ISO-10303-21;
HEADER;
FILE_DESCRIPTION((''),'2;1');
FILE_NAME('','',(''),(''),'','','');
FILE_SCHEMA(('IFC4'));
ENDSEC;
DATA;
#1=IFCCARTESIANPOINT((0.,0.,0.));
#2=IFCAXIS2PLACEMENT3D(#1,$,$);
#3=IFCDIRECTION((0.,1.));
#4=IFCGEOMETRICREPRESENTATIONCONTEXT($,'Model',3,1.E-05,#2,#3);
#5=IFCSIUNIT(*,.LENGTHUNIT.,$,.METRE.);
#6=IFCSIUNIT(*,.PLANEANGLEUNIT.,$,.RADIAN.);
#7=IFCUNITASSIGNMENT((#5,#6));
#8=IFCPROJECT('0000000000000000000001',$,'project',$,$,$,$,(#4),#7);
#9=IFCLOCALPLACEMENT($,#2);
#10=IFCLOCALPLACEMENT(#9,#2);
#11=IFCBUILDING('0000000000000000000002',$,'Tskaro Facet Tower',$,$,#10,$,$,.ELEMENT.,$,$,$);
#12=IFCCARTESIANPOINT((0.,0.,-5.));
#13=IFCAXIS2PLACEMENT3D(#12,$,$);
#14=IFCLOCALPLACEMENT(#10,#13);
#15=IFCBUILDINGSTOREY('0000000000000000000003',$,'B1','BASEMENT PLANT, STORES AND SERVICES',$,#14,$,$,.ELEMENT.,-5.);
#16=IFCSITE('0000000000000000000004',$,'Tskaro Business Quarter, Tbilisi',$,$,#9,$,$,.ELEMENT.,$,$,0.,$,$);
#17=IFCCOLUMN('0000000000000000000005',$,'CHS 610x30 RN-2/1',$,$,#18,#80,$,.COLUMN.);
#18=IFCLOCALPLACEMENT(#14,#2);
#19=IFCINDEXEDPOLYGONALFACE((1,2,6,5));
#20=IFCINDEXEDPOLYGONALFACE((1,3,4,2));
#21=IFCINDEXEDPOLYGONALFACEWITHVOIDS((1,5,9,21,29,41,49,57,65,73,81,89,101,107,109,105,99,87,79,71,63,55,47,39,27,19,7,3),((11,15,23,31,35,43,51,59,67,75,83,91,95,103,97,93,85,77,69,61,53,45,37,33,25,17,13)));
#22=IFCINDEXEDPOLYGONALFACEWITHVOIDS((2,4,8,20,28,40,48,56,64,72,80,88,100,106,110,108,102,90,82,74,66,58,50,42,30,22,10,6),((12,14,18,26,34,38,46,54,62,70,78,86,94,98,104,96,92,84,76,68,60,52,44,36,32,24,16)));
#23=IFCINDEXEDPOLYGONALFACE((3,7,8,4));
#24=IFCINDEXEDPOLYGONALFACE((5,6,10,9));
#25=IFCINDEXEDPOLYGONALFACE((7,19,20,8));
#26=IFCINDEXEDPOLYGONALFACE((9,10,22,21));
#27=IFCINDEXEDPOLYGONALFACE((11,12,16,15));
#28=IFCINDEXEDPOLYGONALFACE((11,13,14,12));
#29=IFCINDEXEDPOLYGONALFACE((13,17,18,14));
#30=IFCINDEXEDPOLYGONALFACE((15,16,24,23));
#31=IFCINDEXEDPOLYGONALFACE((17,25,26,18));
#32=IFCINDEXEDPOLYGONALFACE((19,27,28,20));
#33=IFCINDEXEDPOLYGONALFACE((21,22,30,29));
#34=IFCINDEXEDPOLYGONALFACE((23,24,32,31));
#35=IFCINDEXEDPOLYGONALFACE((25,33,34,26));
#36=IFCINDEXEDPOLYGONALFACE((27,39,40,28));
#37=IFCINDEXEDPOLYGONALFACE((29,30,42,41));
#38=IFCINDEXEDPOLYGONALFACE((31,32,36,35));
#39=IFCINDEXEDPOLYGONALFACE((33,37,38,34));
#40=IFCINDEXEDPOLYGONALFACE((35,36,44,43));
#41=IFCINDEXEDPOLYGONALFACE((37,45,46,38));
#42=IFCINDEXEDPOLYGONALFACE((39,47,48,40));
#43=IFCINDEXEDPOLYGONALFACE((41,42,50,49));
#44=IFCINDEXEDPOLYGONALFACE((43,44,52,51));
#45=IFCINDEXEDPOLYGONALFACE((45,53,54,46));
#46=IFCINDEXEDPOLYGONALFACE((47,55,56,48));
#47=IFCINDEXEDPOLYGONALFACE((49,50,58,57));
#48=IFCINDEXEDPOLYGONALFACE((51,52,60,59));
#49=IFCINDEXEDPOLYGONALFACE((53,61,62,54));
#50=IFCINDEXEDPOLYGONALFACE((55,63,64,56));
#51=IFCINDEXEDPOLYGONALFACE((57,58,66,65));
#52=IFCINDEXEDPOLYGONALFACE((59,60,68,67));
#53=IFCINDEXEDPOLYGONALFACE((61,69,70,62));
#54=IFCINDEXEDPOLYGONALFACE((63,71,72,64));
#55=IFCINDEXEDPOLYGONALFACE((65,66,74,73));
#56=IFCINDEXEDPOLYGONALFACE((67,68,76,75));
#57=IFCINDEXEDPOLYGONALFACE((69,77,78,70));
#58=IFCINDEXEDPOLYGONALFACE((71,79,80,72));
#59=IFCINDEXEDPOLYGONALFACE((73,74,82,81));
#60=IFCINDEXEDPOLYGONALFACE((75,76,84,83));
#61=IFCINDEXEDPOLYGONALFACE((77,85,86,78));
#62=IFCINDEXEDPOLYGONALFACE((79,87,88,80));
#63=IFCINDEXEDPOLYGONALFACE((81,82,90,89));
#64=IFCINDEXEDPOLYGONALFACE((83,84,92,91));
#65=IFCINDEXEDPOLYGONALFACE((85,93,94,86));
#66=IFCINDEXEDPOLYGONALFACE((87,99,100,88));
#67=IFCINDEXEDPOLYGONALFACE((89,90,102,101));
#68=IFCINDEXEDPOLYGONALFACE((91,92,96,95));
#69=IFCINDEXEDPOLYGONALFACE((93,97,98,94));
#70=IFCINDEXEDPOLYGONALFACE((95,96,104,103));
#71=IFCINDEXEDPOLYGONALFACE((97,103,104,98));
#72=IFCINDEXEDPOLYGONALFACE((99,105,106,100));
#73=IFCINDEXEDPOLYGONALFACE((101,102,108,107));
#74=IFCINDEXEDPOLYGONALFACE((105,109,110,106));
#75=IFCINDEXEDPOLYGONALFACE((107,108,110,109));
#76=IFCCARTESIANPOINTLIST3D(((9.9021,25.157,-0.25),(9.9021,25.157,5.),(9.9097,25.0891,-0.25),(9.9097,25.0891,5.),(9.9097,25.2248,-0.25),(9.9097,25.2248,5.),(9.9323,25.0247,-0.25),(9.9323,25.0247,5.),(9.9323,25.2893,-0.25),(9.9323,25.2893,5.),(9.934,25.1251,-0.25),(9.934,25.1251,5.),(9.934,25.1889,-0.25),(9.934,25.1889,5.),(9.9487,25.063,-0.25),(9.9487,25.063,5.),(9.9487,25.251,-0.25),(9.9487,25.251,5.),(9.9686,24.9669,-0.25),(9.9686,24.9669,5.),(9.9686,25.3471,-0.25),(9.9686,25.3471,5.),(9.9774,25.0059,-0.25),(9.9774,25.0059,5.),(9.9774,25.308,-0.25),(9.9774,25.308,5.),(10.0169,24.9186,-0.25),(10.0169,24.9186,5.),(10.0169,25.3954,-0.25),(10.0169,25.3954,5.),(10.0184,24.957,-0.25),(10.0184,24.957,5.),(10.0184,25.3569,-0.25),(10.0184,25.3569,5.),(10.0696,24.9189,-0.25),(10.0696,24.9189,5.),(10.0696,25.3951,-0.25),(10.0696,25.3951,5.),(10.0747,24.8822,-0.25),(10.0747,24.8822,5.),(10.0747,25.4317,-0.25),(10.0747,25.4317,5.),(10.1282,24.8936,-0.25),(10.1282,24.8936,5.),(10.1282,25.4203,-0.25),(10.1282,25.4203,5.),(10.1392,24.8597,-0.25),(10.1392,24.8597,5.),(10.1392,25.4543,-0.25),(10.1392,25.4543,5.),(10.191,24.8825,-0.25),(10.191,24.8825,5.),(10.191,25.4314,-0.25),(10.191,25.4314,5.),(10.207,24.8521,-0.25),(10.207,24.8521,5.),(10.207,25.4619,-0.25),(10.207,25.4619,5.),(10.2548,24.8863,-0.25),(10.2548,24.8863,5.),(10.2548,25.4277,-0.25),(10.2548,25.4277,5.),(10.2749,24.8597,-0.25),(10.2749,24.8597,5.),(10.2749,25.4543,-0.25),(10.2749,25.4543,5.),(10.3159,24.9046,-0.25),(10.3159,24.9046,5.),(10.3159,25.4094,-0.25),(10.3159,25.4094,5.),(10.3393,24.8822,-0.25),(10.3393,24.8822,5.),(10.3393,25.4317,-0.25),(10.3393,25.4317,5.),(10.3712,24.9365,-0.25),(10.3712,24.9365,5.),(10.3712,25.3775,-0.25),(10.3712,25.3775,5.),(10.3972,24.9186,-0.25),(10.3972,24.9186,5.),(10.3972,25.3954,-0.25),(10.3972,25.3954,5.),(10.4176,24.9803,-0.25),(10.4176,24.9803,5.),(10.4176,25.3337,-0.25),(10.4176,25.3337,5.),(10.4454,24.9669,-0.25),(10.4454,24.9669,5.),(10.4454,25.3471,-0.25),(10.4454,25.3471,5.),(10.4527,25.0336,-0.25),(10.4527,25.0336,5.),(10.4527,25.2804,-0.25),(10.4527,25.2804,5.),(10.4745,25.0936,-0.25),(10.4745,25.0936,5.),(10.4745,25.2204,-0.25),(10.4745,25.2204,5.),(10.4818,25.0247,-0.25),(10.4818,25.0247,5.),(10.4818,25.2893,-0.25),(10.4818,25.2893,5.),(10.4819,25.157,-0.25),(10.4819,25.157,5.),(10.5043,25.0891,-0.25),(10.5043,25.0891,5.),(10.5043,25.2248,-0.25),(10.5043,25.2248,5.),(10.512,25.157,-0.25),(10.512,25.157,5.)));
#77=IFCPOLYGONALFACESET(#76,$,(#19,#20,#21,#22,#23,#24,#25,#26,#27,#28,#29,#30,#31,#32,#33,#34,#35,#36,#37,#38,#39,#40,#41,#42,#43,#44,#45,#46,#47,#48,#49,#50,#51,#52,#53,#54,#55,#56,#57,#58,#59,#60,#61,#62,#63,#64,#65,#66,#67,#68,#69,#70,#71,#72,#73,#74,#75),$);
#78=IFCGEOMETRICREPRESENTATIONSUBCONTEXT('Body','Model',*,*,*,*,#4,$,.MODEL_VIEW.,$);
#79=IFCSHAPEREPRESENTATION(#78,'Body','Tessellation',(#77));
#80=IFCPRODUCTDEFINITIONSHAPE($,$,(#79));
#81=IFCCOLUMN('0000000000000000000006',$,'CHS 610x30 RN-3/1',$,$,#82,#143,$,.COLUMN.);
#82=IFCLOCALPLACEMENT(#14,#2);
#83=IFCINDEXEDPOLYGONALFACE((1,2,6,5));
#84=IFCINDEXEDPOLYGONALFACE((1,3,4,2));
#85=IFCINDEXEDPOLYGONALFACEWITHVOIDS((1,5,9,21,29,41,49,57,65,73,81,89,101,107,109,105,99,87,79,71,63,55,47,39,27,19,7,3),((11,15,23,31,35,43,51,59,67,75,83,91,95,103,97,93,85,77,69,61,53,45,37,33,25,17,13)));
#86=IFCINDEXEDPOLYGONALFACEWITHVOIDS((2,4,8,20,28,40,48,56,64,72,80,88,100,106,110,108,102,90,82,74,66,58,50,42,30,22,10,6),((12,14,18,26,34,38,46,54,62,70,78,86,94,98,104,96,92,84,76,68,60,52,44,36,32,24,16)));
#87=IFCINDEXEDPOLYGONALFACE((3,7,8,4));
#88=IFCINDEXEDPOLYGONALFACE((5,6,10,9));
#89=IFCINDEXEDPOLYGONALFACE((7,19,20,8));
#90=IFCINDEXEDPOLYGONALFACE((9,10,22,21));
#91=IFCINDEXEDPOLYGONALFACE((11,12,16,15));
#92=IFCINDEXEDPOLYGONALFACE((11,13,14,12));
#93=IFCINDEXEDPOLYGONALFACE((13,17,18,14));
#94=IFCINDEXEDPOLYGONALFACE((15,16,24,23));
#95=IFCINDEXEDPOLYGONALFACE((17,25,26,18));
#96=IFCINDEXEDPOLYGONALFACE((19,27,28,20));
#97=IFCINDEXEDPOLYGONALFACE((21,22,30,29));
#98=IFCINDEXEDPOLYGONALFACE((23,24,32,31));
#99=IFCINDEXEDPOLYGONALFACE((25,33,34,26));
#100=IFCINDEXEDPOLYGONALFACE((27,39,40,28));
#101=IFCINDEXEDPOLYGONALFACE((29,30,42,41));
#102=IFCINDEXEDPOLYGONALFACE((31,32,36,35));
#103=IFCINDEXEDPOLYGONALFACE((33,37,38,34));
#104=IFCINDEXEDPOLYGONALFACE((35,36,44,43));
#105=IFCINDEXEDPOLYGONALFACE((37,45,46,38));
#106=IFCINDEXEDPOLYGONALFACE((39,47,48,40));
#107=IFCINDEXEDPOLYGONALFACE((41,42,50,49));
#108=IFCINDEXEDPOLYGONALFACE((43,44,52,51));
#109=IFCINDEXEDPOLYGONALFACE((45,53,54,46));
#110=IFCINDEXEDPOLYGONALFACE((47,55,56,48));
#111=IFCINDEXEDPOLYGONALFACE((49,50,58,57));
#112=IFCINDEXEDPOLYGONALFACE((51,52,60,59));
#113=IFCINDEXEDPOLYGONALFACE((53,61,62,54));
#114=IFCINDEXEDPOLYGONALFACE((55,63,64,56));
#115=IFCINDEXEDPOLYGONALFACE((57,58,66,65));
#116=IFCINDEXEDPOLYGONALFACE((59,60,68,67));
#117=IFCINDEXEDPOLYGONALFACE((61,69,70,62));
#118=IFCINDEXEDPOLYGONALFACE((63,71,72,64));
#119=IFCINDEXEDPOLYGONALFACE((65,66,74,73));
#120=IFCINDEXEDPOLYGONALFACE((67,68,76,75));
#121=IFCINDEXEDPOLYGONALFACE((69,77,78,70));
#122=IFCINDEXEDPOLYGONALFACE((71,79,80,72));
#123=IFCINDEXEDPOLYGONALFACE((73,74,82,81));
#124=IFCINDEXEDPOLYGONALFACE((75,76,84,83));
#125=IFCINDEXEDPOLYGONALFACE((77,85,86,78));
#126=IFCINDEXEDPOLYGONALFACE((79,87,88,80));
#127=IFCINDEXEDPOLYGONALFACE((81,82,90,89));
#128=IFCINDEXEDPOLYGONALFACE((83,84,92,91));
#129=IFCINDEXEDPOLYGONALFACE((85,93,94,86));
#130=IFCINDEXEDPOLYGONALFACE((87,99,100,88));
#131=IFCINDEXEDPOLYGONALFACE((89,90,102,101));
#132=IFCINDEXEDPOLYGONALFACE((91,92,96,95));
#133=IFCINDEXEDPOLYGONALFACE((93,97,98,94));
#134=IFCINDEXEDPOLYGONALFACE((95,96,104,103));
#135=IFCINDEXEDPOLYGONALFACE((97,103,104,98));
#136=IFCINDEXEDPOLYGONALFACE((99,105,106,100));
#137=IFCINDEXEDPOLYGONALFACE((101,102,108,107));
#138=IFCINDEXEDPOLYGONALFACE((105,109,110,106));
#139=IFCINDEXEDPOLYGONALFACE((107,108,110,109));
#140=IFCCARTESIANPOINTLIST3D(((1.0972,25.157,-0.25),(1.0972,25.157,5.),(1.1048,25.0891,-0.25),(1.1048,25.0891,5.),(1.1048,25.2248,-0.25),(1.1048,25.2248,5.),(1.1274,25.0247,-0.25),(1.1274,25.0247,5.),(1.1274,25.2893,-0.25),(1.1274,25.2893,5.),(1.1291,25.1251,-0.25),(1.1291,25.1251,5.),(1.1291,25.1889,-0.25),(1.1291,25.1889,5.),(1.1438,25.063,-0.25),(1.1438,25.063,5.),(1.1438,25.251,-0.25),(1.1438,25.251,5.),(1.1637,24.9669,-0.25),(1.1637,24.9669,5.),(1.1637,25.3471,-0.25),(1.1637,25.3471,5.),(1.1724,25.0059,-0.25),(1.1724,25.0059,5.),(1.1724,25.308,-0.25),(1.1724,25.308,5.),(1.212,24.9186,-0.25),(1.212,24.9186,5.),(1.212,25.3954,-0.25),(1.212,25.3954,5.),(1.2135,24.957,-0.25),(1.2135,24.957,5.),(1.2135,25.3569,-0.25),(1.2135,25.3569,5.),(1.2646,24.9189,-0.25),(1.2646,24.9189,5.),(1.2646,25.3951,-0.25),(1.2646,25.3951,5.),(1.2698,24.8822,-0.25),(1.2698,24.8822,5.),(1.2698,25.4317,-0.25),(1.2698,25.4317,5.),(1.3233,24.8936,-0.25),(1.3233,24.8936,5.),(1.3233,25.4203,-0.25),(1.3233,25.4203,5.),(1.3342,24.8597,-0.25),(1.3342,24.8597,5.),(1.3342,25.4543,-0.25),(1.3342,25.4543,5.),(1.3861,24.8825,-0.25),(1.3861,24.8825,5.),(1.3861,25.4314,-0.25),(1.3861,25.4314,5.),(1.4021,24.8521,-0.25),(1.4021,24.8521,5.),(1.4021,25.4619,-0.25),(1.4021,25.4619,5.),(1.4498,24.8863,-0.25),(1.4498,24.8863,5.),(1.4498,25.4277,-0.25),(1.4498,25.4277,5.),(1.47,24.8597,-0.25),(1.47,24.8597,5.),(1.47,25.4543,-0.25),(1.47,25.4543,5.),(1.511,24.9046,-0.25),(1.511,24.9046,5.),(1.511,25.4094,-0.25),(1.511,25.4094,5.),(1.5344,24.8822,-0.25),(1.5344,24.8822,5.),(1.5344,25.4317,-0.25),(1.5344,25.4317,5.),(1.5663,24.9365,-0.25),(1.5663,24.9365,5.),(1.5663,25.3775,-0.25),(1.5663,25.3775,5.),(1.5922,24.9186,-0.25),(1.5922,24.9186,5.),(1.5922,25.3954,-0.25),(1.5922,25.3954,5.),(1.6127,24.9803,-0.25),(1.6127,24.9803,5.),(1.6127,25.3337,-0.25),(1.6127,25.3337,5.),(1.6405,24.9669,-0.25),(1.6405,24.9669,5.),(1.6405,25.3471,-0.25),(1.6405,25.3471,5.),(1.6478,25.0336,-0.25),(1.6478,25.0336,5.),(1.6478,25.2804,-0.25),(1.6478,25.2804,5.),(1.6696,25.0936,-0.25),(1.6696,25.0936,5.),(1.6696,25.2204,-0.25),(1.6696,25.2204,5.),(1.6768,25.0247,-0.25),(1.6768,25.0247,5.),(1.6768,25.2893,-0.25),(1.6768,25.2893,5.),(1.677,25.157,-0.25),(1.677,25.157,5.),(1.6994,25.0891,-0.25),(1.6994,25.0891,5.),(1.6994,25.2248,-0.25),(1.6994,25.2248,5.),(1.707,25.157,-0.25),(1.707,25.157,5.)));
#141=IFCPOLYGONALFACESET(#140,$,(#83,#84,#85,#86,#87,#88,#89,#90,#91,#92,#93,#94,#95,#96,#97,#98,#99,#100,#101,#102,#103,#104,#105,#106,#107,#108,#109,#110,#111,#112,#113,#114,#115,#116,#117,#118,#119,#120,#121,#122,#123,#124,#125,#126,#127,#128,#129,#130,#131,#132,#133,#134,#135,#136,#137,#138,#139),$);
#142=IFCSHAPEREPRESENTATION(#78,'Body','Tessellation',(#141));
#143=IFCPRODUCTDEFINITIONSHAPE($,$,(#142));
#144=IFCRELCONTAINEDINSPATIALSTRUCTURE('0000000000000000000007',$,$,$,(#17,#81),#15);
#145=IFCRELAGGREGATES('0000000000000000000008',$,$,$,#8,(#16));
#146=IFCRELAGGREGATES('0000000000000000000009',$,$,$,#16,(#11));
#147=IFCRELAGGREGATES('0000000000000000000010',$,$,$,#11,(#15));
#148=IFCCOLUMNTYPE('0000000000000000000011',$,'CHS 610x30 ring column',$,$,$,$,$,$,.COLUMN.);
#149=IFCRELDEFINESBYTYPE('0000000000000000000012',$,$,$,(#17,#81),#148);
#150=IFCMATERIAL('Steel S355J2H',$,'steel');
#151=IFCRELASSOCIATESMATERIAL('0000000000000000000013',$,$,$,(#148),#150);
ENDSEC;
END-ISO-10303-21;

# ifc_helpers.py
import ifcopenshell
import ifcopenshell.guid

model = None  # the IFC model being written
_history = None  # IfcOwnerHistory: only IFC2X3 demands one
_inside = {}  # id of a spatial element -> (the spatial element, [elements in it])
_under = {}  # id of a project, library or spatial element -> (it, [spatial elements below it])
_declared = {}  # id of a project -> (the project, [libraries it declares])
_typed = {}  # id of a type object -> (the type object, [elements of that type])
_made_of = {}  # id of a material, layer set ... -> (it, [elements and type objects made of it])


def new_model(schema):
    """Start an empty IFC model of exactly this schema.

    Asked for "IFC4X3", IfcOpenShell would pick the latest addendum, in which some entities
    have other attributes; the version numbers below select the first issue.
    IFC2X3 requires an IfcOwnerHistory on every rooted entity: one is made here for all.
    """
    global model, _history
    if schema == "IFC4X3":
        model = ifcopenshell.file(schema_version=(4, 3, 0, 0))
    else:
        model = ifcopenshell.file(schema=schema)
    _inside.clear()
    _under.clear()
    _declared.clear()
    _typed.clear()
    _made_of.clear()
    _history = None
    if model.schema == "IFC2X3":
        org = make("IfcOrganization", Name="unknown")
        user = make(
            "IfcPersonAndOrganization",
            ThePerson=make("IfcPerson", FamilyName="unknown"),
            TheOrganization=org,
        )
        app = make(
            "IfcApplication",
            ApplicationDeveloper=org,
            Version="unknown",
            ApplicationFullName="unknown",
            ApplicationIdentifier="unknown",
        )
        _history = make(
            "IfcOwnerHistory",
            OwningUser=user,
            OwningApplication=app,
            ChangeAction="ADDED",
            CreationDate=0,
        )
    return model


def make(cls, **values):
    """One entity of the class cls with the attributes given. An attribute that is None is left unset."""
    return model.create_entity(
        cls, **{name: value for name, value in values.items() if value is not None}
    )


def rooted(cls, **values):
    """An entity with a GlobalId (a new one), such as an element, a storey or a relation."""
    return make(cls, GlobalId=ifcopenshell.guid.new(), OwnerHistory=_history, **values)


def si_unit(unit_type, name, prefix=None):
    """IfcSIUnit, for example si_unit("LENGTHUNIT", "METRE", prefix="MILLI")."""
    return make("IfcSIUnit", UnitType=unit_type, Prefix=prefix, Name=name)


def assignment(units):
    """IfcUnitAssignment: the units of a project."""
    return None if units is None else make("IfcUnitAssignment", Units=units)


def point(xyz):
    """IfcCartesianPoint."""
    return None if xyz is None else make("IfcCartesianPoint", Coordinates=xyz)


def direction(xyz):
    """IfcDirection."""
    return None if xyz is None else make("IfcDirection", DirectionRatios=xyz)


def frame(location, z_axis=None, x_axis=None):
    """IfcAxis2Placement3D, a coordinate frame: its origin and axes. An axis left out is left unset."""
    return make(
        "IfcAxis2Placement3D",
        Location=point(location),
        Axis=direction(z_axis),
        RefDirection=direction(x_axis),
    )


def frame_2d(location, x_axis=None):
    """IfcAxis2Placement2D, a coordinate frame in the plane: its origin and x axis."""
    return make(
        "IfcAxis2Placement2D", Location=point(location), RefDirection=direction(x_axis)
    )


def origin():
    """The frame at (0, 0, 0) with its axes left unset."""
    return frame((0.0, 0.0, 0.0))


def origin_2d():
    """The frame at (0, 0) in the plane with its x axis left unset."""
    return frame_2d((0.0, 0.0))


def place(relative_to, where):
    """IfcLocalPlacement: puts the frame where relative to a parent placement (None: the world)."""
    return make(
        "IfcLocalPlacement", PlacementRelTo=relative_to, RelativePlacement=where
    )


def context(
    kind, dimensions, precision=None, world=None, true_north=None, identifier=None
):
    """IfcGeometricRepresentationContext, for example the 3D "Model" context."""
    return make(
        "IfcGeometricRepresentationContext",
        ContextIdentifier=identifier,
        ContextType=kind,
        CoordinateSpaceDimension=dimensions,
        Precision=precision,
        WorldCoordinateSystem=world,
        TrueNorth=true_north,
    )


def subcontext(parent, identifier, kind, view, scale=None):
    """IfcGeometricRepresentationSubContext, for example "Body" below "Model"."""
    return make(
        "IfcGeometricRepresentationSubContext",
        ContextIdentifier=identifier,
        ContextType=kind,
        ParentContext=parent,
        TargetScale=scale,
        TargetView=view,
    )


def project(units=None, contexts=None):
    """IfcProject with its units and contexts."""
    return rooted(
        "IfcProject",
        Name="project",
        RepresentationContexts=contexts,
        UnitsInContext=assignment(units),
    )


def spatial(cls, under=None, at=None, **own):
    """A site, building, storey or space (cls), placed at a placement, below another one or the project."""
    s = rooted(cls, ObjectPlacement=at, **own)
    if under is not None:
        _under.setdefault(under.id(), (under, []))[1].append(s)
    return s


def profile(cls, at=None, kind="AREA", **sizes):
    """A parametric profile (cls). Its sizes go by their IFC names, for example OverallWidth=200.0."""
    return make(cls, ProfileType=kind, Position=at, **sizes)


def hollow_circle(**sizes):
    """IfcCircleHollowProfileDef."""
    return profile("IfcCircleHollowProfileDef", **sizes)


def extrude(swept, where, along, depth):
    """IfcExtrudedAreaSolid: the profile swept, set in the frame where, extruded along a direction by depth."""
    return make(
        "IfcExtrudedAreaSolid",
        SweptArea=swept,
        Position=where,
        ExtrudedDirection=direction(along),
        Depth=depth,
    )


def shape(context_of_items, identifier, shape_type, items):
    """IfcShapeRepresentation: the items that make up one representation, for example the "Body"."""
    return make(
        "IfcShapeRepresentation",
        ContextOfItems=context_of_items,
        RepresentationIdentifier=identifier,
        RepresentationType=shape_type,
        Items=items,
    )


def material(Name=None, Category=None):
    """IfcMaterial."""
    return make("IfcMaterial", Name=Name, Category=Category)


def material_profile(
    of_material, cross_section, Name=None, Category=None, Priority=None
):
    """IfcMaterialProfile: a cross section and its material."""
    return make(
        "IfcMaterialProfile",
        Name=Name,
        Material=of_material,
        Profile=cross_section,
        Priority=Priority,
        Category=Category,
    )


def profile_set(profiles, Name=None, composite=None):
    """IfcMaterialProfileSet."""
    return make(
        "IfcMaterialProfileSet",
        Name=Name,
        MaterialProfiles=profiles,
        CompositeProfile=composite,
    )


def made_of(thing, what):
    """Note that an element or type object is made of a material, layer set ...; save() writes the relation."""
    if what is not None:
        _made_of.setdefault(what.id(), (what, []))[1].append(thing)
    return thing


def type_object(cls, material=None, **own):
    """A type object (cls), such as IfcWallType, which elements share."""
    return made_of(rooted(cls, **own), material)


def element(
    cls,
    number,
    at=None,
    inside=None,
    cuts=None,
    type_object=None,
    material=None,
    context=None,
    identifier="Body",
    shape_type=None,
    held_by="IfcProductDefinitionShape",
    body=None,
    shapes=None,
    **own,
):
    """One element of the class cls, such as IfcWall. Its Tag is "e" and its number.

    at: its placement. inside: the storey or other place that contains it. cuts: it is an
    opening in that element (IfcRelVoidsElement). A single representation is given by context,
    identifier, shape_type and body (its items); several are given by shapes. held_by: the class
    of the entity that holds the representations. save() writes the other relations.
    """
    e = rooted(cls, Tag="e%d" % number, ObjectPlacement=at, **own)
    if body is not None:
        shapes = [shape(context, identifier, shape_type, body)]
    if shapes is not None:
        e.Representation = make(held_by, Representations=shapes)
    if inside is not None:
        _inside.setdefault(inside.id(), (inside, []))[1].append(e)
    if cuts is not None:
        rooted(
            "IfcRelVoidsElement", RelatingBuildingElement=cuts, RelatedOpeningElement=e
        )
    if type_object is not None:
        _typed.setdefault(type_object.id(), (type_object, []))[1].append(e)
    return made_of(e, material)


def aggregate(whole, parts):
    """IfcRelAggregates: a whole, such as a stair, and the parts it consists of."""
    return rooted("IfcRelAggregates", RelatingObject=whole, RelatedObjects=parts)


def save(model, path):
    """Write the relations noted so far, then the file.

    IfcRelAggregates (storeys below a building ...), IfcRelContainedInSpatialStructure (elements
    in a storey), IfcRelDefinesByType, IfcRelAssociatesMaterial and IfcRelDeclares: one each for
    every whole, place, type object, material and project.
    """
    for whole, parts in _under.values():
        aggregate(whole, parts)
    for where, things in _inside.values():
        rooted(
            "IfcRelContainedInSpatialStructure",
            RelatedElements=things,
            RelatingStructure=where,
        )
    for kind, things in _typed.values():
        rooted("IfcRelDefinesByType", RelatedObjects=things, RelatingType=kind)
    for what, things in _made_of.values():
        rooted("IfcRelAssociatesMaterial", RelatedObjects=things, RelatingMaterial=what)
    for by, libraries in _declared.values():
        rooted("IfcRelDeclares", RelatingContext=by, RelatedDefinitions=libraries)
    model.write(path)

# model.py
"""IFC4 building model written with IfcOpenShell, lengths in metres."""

from ifc_helpers import new_model, si_unit, direction, frame, origin, origin_2d, place, context, subcontext, project, spatial, hollow_circle, extrude, material, material_profile, profile_set, type_object, element, save


model = new_model("IFC4")

# Units and contexts
model_context = context("Model", 3, precision=1e-05, world=origin(), true_north=direction((0.0, 1.0)))
body_context = subcontext(model_context, "Body", "Model", "MODEL_VIEW")
ifc_project = project(units=[si_unit("LENGTHUNIT", "METRE"), si_unit("PLANEANGLEUNIT", "RADIAN")], contexts=[model_context])

# Site, building, storey
site_placement = place(None, origin())
site = spatial("IfcSite", under=ifc_project, at=site_placement, Name="Tskaro Business Quarter, Tbilisi", CompositionType="ELEMENT", RefElevation=0.0)
building_placement = place(site_placement, origin())
building = spatial("IfcBuilding", under=site, at=building_placement, Name="Tskaro Facet Tower", CompositionType="ELEMENT")
storey_placement = place(building_placement, frame((0.0, 0.0, -5.0)))
storey = spatial("IfcBuildingStorey", under=building, at=storey_placement, Name="B1", Description="BASEMENT PLANT, STORES AND SERVICES", CompositionType="ELEMENT", Elevation=-5.0)

# Columns
ifc_material_1 = material(Name="Steel S355J2H", Category="steel")
ifc_material_profile_1 = material_profile(ifc_material_1, hollow_circle(Radius=0.3049, WallThickness=0.03, at=origin_2d()), Name="CHS 610x30")
ifc_profile_set_1 = profile_set([ifc_material_profile_1], Name="Steel S355J2H")
column_type_1 = type_object("IfcColumnType", Name="CHS 610x30 ring column", PredefinedType="COLUMN", material=ifc_profile_set_1)
for number, where, z_axis, x_axis, name in (
    (1, (10.207, 25.157, -0.25), (0.0, 0.0, 1.0), (1.0, 0.0, 0.0), "CHS 610x30 RN-2/1"),
    (2, (1.4021, 25.157, -0.25), (0.0, 0.0, 1.0), (1.0, 0.0, 0.0), "CHS 610x30 RN-3/1"),
):
    element("IfcColumn", number, at=place(storey_placement, frame(where, z_axis=z_axis, x_axis=x_axis)), inside=storey, type_object=column_type_1, Name=name, PredefinedType="COLUMN", context=body_context, shape_type="SweptSolid", body=[
        extrude(hollow_circle(Radius=0.3049, WallThickness=0.03, at=origin_2d()), origin(), (0.0, 0.0, 1.0), 5.25),
    ])

save(model, "model.ifc")
